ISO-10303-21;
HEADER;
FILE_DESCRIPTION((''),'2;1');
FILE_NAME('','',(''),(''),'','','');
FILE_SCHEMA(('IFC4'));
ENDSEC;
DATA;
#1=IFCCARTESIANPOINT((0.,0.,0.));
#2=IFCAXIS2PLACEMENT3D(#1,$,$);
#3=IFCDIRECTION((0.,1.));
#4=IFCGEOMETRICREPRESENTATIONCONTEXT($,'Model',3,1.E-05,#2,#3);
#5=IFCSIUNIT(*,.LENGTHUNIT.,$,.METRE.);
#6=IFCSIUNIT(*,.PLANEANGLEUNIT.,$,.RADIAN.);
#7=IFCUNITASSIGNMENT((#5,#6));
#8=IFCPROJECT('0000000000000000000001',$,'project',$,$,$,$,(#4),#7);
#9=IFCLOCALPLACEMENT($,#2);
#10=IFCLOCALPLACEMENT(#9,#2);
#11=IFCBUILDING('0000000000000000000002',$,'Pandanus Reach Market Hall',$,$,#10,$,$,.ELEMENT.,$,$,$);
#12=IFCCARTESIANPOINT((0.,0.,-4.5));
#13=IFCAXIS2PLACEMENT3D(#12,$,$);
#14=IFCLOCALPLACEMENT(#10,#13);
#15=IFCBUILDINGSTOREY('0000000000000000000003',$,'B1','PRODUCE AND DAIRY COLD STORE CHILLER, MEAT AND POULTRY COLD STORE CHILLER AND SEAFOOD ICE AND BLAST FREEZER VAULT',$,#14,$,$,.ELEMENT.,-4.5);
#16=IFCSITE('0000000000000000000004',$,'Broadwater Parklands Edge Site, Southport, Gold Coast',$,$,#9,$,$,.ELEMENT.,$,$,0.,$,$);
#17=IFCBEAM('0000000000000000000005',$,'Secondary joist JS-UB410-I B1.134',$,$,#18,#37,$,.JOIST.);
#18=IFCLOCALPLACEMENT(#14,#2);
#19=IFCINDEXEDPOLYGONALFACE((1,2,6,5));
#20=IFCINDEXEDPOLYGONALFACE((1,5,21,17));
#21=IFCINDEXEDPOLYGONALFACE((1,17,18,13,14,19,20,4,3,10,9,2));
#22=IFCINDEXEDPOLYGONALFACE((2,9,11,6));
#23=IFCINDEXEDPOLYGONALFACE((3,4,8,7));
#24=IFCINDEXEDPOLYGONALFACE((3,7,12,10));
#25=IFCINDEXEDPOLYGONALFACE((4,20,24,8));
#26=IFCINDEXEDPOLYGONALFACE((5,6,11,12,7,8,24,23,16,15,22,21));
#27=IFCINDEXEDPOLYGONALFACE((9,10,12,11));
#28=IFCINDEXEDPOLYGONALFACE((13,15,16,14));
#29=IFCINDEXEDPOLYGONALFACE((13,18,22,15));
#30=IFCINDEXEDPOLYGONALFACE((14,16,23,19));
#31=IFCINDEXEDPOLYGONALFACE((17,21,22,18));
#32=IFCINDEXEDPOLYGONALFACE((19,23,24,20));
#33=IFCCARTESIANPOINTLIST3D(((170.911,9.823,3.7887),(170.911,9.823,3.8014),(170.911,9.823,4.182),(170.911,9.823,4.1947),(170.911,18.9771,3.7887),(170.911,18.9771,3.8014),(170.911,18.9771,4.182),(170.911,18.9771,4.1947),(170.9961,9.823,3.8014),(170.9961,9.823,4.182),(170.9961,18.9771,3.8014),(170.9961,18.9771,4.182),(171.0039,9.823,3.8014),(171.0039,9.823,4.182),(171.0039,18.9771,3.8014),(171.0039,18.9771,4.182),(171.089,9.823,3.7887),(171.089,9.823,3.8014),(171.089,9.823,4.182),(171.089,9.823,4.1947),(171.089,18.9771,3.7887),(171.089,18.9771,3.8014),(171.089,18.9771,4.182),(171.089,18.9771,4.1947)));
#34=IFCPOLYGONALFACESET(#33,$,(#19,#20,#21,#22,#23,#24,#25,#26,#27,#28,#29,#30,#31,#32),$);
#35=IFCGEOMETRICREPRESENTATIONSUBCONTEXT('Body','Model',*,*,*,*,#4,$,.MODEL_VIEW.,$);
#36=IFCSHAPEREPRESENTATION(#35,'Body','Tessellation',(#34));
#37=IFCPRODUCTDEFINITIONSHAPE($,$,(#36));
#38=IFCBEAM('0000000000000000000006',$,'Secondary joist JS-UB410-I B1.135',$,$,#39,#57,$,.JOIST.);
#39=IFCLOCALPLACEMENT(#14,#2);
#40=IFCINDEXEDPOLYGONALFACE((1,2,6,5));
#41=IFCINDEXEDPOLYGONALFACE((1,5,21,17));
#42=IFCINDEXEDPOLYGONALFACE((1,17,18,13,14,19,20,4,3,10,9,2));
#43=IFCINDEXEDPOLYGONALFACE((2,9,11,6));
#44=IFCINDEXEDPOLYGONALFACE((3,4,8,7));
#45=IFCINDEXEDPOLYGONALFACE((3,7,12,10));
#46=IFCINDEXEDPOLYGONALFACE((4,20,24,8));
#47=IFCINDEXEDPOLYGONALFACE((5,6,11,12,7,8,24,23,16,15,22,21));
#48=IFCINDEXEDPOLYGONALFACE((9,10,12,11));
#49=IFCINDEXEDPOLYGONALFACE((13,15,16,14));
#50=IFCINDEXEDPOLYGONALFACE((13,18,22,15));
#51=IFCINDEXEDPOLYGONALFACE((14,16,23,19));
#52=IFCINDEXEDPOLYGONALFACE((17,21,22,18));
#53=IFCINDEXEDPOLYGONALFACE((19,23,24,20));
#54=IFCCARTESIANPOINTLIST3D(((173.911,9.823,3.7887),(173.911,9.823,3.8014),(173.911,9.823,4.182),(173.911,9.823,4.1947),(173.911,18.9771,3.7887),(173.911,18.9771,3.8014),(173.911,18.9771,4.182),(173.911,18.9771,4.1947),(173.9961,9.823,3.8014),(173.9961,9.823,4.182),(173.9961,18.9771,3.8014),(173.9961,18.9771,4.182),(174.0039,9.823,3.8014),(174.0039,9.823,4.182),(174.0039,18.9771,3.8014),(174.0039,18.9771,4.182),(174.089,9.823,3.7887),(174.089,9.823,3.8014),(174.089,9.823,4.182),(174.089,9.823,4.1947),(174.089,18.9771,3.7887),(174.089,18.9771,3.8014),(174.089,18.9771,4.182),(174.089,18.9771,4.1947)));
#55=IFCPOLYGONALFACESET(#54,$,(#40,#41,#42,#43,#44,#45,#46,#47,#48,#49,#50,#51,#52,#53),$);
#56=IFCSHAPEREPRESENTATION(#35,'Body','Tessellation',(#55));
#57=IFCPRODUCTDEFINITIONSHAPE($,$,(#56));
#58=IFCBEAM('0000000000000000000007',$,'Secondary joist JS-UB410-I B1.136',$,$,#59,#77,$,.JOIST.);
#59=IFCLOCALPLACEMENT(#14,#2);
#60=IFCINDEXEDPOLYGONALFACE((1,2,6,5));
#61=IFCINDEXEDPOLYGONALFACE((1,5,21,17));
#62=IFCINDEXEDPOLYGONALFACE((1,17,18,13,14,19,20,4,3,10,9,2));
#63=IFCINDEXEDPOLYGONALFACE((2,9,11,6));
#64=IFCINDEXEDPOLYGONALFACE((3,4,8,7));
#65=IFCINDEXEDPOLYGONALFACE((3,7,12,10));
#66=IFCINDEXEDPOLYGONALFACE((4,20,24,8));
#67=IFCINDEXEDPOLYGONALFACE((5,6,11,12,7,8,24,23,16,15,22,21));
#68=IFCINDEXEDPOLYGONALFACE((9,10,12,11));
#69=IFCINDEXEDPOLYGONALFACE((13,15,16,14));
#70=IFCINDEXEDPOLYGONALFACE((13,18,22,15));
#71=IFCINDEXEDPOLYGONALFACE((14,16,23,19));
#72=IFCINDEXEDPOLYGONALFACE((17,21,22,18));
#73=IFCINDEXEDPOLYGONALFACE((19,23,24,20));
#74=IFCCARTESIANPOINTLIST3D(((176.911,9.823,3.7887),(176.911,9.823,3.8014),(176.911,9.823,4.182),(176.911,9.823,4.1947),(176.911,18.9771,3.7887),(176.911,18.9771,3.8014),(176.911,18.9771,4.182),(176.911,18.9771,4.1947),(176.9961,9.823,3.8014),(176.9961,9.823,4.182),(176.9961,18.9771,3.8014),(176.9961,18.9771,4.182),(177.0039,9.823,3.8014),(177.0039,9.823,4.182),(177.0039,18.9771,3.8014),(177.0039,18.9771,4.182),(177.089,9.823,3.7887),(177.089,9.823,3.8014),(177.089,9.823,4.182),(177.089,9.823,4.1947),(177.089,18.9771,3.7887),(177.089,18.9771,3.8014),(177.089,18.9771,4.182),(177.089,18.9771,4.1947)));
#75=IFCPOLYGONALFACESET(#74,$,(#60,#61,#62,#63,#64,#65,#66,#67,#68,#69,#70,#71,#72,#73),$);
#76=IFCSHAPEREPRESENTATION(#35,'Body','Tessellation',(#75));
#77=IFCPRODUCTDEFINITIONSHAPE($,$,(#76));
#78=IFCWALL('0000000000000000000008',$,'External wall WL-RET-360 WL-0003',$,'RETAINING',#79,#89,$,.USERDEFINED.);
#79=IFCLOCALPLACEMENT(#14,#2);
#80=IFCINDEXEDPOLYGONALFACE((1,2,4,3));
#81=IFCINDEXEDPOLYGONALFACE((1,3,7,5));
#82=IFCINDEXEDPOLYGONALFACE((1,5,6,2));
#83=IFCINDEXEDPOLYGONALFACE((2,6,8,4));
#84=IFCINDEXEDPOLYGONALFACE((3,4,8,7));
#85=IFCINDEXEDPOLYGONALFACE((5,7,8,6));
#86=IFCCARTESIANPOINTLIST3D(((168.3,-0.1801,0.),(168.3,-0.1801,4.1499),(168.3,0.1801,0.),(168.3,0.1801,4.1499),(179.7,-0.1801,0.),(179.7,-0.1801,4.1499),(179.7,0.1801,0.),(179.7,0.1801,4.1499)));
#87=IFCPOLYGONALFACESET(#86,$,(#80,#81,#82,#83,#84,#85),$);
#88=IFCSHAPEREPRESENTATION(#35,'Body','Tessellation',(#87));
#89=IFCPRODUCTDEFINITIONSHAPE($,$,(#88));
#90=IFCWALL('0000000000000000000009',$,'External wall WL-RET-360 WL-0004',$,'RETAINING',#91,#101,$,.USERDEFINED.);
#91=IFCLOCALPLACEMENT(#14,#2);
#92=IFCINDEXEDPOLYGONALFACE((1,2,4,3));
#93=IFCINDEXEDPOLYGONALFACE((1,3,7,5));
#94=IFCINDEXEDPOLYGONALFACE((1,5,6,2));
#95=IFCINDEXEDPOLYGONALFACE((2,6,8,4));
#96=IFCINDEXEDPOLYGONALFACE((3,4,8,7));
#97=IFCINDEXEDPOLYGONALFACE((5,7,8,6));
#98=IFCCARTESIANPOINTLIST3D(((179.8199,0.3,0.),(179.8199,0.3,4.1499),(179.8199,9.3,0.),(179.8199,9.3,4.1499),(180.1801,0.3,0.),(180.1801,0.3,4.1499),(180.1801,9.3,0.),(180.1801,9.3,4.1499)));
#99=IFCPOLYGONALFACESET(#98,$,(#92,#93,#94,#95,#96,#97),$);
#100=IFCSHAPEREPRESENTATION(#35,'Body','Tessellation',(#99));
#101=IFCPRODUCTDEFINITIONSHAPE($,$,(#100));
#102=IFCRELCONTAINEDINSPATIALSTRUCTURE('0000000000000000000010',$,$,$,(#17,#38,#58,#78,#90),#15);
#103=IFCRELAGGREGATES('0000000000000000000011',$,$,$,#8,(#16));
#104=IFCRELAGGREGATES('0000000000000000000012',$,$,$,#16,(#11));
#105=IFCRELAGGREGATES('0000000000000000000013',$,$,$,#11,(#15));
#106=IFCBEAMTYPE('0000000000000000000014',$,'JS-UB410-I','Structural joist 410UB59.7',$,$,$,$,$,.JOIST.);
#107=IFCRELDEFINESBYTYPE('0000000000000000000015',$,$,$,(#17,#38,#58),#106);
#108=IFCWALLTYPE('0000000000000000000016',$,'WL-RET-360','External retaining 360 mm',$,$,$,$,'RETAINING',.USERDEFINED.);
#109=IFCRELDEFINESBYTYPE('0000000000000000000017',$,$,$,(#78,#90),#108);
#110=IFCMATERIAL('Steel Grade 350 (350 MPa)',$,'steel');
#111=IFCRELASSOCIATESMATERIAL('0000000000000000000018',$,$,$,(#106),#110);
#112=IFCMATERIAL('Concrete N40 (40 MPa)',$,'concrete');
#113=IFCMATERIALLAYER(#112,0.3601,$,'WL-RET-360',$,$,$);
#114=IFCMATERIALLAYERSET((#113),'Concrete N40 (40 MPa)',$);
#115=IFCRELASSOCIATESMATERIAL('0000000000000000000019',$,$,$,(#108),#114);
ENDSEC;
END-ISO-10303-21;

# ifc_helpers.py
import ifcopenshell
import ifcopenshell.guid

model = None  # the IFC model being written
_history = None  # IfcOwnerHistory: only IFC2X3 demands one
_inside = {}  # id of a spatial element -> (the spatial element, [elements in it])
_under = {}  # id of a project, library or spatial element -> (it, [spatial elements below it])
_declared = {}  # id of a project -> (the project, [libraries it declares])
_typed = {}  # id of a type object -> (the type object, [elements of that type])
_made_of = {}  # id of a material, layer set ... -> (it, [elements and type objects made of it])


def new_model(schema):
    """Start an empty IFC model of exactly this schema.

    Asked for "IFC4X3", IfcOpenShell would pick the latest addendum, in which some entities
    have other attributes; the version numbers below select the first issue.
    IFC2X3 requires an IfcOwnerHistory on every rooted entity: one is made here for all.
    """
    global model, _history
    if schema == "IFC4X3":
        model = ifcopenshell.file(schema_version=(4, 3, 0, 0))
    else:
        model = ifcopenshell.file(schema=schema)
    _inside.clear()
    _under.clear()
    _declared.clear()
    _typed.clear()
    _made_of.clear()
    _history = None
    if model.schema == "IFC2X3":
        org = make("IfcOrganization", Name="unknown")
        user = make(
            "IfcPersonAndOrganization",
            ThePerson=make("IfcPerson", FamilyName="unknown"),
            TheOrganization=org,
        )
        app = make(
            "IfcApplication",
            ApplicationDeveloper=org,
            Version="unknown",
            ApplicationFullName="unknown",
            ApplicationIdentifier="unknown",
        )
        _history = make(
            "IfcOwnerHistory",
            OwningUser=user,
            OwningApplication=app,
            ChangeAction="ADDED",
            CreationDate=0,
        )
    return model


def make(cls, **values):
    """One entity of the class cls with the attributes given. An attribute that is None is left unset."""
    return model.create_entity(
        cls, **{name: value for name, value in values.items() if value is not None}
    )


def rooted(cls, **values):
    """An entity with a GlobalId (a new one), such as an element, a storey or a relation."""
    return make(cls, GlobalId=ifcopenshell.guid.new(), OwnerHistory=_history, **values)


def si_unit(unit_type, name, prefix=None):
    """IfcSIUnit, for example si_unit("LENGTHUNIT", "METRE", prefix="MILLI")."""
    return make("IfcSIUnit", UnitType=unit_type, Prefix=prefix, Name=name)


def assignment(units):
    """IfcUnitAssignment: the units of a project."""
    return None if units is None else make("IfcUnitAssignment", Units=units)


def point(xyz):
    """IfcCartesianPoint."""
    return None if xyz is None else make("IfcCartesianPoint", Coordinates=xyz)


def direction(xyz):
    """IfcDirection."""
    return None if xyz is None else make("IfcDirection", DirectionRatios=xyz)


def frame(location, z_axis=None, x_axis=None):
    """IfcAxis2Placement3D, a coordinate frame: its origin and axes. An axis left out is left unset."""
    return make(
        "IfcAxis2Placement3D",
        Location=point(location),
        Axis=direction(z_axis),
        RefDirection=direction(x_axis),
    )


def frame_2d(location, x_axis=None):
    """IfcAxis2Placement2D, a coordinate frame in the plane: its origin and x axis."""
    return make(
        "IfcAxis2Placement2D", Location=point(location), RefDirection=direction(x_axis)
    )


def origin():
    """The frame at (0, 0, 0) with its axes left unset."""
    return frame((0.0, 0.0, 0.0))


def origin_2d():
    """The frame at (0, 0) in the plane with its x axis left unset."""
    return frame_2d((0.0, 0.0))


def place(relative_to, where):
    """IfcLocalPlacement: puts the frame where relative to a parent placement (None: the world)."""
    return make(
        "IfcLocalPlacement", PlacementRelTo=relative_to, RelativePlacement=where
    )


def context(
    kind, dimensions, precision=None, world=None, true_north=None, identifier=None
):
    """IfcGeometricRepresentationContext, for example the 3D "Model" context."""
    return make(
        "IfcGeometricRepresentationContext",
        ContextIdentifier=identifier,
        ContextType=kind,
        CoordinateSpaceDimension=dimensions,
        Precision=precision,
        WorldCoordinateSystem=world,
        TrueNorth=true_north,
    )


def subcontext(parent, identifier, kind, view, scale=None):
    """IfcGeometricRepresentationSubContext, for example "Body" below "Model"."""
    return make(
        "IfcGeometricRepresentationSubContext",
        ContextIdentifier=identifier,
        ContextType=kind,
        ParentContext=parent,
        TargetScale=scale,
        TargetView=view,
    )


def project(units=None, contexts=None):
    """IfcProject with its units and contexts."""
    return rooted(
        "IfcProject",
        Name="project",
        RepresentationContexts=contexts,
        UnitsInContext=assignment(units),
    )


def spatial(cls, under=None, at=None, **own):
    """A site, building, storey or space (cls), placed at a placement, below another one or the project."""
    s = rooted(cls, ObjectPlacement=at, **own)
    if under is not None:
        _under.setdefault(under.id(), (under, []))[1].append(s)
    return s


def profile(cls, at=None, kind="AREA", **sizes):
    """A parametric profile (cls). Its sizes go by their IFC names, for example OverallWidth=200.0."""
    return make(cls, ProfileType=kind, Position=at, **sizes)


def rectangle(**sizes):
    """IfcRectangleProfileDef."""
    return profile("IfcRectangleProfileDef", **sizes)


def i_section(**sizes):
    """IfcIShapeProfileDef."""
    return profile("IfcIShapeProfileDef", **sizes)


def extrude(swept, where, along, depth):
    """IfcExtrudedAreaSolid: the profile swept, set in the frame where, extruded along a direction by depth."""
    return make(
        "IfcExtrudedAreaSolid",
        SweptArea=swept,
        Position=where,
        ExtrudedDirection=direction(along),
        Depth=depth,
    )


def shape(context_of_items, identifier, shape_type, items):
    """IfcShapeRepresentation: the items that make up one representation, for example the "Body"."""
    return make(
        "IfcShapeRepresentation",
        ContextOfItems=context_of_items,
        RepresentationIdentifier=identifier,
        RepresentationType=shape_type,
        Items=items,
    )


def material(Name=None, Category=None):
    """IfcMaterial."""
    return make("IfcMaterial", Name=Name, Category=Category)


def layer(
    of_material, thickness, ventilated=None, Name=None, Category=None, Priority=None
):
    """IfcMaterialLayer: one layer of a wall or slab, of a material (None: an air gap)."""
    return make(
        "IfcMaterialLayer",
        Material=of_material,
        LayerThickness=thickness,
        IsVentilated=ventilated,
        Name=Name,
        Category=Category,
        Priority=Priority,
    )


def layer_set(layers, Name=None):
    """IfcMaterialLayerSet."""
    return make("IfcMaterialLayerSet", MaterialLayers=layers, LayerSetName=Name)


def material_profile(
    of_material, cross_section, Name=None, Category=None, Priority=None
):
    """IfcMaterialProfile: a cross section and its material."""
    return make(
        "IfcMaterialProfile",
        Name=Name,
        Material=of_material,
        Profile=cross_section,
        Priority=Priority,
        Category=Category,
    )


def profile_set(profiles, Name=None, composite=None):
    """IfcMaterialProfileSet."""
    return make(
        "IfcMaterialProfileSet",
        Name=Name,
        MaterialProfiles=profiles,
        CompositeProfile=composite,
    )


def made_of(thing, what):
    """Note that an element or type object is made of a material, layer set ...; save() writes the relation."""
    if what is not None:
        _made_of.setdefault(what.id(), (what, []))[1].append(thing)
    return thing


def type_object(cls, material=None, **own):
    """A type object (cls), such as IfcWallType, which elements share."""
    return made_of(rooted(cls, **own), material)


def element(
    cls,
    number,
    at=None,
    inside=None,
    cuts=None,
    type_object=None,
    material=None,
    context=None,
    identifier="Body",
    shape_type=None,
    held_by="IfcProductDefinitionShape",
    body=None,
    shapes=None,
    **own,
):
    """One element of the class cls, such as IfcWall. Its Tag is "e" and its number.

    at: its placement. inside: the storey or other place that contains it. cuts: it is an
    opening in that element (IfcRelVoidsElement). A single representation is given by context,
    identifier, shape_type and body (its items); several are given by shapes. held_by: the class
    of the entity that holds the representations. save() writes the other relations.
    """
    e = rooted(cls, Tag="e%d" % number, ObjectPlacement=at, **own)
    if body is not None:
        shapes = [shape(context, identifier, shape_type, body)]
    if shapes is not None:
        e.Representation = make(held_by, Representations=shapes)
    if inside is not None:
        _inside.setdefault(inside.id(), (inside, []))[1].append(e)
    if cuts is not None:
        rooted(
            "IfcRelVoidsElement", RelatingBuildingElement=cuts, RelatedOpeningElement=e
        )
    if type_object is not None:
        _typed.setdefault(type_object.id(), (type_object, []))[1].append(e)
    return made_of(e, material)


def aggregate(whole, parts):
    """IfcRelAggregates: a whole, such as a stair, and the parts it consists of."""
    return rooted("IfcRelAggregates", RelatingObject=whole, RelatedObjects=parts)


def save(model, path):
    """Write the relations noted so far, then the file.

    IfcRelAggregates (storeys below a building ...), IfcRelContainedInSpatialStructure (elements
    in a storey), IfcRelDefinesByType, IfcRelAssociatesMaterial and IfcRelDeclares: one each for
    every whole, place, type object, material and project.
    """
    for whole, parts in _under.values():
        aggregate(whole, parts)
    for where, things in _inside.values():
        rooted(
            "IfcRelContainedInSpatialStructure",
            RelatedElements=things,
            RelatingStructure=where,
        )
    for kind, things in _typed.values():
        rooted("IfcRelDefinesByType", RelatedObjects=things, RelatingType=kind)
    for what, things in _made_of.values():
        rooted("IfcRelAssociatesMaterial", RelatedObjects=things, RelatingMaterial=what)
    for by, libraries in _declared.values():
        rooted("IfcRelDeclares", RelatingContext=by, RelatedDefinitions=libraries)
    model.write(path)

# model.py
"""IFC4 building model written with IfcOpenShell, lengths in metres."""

from ifc_helpers import new_model, si_unit, direction, frame, frame_2d, origin, origin_2d, place, context, subcontext, project, spatial, rectangle, i_section, extrude, material, layer, layer_set, material_profile, profile_set, type_object, element, save


model = new_model("IFC4")

# Units and contexts
model_context = context("Model", 3, precision=1e-05, world=origin(), true_north=direction((0.0, 1.0)))
body_context = subcontext(model_context, "Body", "Model", "MODEL_VIEW")
ifc_project = project(units=[si_unit("LENGTHUNIT", "METRE"), si_unit("PLANEANGLEUNIT", "RADIAN")], contexts=[model_context])

# Site, building, storey
site_placement = place(None, origin())
site = spatial("IfcSite", under=ifc_project, at=site_placement, Name="Broadwater Parklands Edge Site, Southport, Gold Coast", CompositionType="ELEMENT", RefElevation=0.0)
building_placement = place(site_placement, origin())
building = spatial("IfcBuilding", under=site, at=building_placement, Name="Pandanus Reach Market Hall", CompositionType="ELEMENT")
storey_placement = place(building_placement, frame((0.0, 0.0, -4.5)))
storey = spatial("IfcBuildingStorey", under=building, at=storey_placement, Name="B1", Description="PRODUCE AND DAIRY COLD STORE CHILLER, MEAT AND POULTRY COLD STORE CHILLER AND SEAFOOD ICE AND BLAST FREEZER VAULT", CompositionType="ELEMENT", Elevation=-4.5)

# Shared definitions
ifc_material_1 = material(Name="Concrete N40 (40 MPa)", Category="concrete")

# Beams
ifc_material_2 = material(Name="Steel Grade 350 (350 MPa)", Category="steel")
ifc_material_profile_1 = material_profile(ifc_material_2, i_section(OverallWidth=0.178, OverallDepth=0.406, WebThickness=0.0078, FlangeThickness=0.0127, at=origin_2d()), Name="410UB59.7", Category="LoadBearing")
ifc_profile_set_1 = profile_set([ifc_material_profile_1], Name="Steel Grade 350 (350 MPa)")
beam_type_1 = type_object("IfcBeamType", Name="JS-UB410-I", Description="Structural joist 410UB59.7", PredefinedType="JOIST", material=ifc_profile_set_1)
for number, where, z_axis, x_axis, name in (
    (1, (171.0, 9.823, 3.9917), (0.0, 1.0, 0.0), (-1.0, 0.0, 0.0), "Secondary joist JS-UB410-I B1.134"),
    (2, (174.0, 9.823, 3.9917), (0.0, 1.0, 0.0), (-1.0, 0.0, 0.0), "Secondary joist JS-UB410-I B1.135"),
    (3, (177.0, 9.823, 3.9917), (0.0, 1.0, 0.0), (-1.0, 0.0, 0.0), "Secondary joist JS-UB410-I B1.136"),
):
    element("IfcBeam", number, at=place(storey_placement, frame(where, z_axis=z_axis, x_axis=x_axis)), inside=storey, type_object=beam_type_1, Name=name, PredefinedType="JOIST", context=body_context, shape_type="SweptSolid", body=[
        extrude(i_section(OverallWidth=0.178, OverallDepth=0.406, WebThickness=0.0078, FlangeThickness=0.0127, at=origin_2d()), origin(), (0.0, 0.0, 1.0), 9.1541),
    ])

# Walls
ifc_layer = layer(ifc_material_1, 0.3601, Name="WL-RET-360")
ifc_layer_set = layer_set([ifc_layer], Name="Concrete N40 (40 MPa)")
wall_type = type_object("IfcWallType", Name="WL-RET-360", Description="External retaining 360 mm", ElementType="RETAINING", PredefinedType="USERDEFINED", material=ifc_layer_set)
wall_1_placement = place(storey_placement, frame((168.3, 0.0, 0.0), z_axis=(0.0, 0.0, 1.0), x_axis=(1.0, 0.0, 0.0)))
element("IfcWall", 4, at=wall_1_placement, inside=storey, type_object=wall_type, Name="External wall WL-RET-360 WL-0003", ObjectType="RETAINING", PredefinedType="USERDEFINED", context=body_context, shape_type="SweptSolid", body=[
    extrude(rectangle(XDim=11.3999, YDim=0.3601, at=frame_2d((5.7, 0.0))), origin(), (0.0, 0.0, 1.0), 4.1499),
])
wall_2_placement = place(storey_placement, frame((180.0, 0.3, 0.0), z_axis=(0.0, 0.0, 1.0), x_axis=(0.0, 1.0, 0.0)))
element("IfcWall", 5, at=wall_2_placement, inside=storey, type_object=wall_type, Name="External wall WL-RET-360 WL-0004", ObjectType="RETAINING", PredefinedType="USERDEFINED", context=body_context, shape_type="SweptSolid", body=[
    extrude(rectangle(XDim=9.0, YDim=0.3601, at=frame_2d((4.5, 0.0))), origin(), (0.0, 0.0, 1.0), 4.1499),
])

save(model, "model.ifc")
